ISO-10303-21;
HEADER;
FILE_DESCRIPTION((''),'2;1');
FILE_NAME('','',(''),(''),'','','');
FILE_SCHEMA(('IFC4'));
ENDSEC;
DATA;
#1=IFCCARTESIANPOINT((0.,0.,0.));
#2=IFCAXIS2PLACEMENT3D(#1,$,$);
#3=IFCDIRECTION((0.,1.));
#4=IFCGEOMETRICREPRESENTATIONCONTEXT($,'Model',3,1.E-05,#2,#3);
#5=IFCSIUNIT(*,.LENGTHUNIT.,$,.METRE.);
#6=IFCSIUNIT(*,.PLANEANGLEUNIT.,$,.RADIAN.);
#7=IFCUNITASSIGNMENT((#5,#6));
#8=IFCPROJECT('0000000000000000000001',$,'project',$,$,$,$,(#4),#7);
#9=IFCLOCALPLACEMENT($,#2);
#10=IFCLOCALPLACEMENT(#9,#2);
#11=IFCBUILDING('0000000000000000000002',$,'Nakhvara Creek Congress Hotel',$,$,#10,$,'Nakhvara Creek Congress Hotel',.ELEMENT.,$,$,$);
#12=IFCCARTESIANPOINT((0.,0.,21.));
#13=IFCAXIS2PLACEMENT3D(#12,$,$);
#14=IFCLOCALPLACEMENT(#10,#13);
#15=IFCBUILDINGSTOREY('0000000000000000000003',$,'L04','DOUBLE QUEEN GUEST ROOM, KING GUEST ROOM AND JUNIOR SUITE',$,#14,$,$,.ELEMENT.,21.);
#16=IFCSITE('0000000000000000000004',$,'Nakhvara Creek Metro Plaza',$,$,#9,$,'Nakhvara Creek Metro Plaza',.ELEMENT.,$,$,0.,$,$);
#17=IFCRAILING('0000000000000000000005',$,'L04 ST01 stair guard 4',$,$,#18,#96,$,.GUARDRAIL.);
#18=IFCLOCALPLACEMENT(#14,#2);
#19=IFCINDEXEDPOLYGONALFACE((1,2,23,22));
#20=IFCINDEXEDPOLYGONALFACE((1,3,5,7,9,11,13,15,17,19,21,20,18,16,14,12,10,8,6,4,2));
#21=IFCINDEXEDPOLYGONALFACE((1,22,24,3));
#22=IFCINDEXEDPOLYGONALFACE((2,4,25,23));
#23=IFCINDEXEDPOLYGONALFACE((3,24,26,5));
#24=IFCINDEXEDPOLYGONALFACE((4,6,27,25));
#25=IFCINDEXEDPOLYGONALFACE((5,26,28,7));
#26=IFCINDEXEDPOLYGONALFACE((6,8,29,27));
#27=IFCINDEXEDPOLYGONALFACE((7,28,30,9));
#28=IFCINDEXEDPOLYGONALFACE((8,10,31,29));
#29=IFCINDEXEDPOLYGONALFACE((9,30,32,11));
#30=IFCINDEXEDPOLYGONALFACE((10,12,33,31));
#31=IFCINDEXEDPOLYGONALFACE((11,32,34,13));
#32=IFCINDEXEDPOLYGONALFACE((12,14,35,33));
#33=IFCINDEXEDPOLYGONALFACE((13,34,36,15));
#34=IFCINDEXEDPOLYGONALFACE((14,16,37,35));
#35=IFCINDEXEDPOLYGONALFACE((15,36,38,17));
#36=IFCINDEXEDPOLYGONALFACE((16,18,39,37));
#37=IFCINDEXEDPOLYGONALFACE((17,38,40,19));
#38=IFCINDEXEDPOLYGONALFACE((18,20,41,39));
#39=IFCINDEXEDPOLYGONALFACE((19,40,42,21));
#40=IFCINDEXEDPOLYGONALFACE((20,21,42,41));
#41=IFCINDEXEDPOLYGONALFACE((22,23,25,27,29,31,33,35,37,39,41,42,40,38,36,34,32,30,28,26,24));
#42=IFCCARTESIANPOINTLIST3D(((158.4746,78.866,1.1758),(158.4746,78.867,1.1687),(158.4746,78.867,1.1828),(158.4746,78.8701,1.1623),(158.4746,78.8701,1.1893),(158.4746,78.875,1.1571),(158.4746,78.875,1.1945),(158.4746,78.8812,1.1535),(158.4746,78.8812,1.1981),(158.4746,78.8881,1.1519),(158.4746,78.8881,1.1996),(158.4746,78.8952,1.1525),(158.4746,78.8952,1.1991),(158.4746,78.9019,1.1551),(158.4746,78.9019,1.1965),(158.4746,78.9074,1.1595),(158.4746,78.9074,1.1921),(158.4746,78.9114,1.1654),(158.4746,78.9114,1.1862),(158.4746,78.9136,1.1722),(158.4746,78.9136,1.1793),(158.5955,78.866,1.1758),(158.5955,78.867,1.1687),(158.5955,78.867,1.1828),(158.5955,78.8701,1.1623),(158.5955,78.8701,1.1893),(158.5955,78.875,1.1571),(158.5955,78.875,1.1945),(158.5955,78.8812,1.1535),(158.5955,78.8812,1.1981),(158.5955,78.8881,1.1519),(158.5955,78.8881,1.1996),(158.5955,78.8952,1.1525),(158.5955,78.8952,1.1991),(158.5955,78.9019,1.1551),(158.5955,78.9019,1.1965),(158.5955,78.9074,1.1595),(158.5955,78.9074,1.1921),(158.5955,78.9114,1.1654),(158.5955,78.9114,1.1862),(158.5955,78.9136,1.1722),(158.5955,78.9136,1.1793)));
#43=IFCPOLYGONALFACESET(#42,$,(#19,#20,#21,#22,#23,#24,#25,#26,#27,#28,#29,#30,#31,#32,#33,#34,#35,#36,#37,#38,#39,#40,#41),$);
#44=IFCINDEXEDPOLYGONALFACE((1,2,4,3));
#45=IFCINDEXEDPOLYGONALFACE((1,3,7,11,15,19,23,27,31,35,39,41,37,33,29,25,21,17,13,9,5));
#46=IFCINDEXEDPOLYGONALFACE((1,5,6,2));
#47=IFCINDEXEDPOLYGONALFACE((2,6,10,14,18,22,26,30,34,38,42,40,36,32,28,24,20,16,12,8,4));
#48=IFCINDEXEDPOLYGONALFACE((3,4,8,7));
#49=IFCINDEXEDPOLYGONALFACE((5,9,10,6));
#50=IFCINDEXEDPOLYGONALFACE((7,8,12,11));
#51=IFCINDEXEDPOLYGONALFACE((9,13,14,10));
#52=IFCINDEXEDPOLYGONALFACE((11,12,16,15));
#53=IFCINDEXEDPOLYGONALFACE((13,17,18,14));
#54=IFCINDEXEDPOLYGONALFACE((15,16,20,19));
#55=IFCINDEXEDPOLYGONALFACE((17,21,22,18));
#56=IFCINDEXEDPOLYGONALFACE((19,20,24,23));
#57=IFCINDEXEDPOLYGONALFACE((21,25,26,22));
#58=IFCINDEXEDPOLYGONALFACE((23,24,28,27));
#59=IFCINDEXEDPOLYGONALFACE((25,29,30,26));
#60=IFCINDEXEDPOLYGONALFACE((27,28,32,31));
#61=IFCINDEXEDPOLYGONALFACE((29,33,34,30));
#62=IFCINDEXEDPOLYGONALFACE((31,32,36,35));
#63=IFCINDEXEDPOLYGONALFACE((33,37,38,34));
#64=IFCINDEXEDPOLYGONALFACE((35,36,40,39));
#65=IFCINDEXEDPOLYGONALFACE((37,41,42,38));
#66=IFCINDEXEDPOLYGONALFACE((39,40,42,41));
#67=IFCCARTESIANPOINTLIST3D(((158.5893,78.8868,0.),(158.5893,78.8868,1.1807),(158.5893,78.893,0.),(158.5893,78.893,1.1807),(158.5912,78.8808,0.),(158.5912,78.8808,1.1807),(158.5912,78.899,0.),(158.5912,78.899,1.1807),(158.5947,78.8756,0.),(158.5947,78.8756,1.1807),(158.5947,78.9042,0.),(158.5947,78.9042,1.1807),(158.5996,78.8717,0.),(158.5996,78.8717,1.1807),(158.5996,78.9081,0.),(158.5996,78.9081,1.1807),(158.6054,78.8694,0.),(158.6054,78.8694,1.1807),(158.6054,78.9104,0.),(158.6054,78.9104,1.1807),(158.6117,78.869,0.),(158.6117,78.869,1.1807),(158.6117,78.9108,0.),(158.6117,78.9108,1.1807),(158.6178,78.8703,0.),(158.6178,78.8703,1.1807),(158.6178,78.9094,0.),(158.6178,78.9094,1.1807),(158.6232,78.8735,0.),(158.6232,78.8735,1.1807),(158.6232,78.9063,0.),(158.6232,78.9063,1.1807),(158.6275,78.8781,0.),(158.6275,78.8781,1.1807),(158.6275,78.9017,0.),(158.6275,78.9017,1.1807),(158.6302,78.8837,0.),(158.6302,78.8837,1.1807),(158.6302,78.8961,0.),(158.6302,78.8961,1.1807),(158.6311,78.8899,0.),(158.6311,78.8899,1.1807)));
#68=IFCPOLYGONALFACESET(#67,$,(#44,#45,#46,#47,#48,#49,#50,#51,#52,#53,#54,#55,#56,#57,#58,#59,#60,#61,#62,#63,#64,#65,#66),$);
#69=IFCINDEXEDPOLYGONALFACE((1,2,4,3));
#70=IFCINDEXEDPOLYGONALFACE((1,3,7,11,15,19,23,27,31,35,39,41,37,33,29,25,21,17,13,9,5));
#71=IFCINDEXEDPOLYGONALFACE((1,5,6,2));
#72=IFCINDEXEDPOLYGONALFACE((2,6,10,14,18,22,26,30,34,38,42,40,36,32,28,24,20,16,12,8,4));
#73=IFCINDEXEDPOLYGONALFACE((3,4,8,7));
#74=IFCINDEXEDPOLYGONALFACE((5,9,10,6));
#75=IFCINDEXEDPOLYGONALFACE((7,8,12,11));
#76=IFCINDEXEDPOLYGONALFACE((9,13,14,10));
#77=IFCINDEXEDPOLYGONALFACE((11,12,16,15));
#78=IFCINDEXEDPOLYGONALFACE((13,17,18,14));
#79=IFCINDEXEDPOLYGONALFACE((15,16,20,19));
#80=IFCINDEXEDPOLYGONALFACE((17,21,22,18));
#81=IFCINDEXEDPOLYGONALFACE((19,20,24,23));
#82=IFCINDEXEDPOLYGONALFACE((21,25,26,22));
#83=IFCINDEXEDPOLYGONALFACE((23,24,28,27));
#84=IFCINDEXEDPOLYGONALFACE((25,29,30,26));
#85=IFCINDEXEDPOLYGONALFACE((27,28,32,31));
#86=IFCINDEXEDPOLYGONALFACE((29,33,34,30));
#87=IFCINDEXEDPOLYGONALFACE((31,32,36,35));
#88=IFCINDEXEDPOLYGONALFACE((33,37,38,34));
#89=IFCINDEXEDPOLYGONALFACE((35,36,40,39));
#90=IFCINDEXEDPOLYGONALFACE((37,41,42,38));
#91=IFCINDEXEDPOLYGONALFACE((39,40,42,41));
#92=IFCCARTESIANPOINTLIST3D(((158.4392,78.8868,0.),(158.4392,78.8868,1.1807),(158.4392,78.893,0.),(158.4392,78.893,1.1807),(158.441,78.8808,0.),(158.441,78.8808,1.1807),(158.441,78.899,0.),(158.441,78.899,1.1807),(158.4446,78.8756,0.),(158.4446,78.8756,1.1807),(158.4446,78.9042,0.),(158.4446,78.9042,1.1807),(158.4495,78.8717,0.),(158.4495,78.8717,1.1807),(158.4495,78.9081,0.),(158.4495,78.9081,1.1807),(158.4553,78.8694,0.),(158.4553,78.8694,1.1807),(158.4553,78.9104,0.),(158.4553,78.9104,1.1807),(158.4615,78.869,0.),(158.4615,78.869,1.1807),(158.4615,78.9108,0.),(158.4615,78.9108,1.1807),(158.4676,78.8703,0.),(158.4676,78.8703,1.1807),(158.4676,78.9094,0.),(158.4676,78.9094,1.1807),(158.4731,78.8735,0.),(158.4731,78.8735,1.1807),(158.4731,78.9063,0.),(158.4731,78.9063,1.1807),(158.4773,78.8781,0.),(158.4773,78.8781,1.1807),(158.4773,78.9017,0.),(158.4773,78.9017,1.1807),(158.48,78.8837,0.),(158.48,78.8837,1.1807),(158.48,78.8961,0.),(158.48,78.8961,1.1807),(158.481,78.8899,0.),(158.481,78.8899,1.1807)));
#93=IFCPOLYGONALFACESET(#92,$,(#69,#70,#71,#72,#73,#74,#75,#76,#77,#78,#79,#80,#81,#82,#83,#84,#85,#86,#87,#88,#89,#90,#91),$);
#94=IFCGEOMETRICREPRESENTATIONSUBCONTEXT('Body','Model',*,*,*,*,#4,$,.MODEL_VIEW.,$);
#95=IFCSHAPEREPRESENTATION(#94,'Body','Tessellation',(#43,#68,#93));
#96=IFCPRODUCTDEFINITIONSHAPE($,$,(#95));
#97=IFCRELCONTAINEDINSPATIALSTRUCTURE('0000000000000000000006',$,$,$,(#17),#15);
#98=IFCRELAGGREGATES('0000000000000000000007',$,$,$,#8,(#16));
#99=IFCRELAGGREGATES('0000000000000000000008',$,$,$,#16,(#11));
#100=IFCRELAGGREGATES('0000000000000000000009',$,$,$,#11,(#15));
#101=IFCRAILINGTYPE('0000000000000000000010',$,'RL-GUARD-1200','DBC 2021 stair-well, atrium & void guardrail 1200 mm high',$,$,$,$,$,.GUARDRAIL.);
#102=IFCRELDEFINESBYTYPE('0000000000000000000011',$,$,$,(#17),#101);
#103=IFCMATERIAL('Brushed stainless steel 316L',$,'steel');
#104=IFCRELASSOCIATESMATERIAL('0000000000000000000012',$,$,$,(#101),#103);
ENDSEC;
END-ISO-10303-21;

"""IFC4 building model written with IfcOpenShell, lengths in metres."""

from ifc_helpers import new_model, si_unit, direction, frame, origin, origin_2d, place, context, subcontext, project, spatial, circle, extrude, material, type_object, element, save


model = new_model("IFC4")

# Units and contexts
model_context = context("Model", 3, precision=1e-05, world=origin(), true_north=direction((0.0, 1.0)))
body_context = subcontext(model_context, "Body", "Model", "MODEL_VIEW")
ifc_project = project(units=[si_unit("LENGTHUNIT", "METRE"), si_unit("PLANEANGLEUNIT", "RADIAN")], contexts=[model_context])

# Site, building, storey
site_placement = place(None, origin())
site = spatial("IfcSite", under=ifc_project, at=site_placement, Name="Nakhvara Creek Metro Plaza", LongName="Nakhvara Creek Metro Plaza", CompositionType="ELEMENT", RefElevation=0.0)
building_placement = place(site_placement, origin())
building = spatial("IfcBuilding", under=site, at=building_placement, Name="Nakhvara Creek Congress Hotel", LongName="Nakhvara Creek Congress Hotel", CompositionType="ELEMENT")
storey_placement = place(building_placement, frame((0.0, 0.0, 21.0)))
storey = spatial("IfcBuildingStorey", under=building, at=storey_placement, Name="L04", Description="DOUBLE QUEEN GUEST ROOM, KING GUEST ROOM AND JUNIOR SUITE", CompositionType="ELEMENT", Elevation=21.0)

# Railing
ifc_material_1 = material(Name="Brushed stainless steel 316L", Category="steel")
railing_type_1 = type_object("IfcRailingType", Name="RL-GUARD-1200", Description="DBC 2021 stair-well, atrium & void guardrail 1200 mm high", PredefinedType="GUARDRAIL", material=ifc_material_1)
railing_1_placement = place(storey_placement, frame((158.6101, 78.8899, 0.0)))
element("IfcRailing", 1, at=railing_1_placement, inside=storey, type_object=railing_type_1, Name="L04 ST01 stair guard 4", PredefinedType="GUARDRAIL", context=body_context, shape_type="SweptSolid", body=[
    extrude(circle(Radius=0.0239, at=origin_2d()), frame((-0.0146, 0.0, 1.1758), z_axis=(-1.0, 0.0, 0.0), x_axis=(0.0, -1.0, 0.0)), (0.0, 0.0, 1.0), 0.1208),
    extrude(circle(Radius=0.021, at=origin_2d()), origin(), (0.0, 0.0, 1.0), 1.1807),
    extrude(circle(Radius=0.021, at=origin_2d()), frame((-0.1501, 0.0, 0.0)), (0.0, 0.0, 1.0), 1.1807),
])

save(model, "model.ifc")
